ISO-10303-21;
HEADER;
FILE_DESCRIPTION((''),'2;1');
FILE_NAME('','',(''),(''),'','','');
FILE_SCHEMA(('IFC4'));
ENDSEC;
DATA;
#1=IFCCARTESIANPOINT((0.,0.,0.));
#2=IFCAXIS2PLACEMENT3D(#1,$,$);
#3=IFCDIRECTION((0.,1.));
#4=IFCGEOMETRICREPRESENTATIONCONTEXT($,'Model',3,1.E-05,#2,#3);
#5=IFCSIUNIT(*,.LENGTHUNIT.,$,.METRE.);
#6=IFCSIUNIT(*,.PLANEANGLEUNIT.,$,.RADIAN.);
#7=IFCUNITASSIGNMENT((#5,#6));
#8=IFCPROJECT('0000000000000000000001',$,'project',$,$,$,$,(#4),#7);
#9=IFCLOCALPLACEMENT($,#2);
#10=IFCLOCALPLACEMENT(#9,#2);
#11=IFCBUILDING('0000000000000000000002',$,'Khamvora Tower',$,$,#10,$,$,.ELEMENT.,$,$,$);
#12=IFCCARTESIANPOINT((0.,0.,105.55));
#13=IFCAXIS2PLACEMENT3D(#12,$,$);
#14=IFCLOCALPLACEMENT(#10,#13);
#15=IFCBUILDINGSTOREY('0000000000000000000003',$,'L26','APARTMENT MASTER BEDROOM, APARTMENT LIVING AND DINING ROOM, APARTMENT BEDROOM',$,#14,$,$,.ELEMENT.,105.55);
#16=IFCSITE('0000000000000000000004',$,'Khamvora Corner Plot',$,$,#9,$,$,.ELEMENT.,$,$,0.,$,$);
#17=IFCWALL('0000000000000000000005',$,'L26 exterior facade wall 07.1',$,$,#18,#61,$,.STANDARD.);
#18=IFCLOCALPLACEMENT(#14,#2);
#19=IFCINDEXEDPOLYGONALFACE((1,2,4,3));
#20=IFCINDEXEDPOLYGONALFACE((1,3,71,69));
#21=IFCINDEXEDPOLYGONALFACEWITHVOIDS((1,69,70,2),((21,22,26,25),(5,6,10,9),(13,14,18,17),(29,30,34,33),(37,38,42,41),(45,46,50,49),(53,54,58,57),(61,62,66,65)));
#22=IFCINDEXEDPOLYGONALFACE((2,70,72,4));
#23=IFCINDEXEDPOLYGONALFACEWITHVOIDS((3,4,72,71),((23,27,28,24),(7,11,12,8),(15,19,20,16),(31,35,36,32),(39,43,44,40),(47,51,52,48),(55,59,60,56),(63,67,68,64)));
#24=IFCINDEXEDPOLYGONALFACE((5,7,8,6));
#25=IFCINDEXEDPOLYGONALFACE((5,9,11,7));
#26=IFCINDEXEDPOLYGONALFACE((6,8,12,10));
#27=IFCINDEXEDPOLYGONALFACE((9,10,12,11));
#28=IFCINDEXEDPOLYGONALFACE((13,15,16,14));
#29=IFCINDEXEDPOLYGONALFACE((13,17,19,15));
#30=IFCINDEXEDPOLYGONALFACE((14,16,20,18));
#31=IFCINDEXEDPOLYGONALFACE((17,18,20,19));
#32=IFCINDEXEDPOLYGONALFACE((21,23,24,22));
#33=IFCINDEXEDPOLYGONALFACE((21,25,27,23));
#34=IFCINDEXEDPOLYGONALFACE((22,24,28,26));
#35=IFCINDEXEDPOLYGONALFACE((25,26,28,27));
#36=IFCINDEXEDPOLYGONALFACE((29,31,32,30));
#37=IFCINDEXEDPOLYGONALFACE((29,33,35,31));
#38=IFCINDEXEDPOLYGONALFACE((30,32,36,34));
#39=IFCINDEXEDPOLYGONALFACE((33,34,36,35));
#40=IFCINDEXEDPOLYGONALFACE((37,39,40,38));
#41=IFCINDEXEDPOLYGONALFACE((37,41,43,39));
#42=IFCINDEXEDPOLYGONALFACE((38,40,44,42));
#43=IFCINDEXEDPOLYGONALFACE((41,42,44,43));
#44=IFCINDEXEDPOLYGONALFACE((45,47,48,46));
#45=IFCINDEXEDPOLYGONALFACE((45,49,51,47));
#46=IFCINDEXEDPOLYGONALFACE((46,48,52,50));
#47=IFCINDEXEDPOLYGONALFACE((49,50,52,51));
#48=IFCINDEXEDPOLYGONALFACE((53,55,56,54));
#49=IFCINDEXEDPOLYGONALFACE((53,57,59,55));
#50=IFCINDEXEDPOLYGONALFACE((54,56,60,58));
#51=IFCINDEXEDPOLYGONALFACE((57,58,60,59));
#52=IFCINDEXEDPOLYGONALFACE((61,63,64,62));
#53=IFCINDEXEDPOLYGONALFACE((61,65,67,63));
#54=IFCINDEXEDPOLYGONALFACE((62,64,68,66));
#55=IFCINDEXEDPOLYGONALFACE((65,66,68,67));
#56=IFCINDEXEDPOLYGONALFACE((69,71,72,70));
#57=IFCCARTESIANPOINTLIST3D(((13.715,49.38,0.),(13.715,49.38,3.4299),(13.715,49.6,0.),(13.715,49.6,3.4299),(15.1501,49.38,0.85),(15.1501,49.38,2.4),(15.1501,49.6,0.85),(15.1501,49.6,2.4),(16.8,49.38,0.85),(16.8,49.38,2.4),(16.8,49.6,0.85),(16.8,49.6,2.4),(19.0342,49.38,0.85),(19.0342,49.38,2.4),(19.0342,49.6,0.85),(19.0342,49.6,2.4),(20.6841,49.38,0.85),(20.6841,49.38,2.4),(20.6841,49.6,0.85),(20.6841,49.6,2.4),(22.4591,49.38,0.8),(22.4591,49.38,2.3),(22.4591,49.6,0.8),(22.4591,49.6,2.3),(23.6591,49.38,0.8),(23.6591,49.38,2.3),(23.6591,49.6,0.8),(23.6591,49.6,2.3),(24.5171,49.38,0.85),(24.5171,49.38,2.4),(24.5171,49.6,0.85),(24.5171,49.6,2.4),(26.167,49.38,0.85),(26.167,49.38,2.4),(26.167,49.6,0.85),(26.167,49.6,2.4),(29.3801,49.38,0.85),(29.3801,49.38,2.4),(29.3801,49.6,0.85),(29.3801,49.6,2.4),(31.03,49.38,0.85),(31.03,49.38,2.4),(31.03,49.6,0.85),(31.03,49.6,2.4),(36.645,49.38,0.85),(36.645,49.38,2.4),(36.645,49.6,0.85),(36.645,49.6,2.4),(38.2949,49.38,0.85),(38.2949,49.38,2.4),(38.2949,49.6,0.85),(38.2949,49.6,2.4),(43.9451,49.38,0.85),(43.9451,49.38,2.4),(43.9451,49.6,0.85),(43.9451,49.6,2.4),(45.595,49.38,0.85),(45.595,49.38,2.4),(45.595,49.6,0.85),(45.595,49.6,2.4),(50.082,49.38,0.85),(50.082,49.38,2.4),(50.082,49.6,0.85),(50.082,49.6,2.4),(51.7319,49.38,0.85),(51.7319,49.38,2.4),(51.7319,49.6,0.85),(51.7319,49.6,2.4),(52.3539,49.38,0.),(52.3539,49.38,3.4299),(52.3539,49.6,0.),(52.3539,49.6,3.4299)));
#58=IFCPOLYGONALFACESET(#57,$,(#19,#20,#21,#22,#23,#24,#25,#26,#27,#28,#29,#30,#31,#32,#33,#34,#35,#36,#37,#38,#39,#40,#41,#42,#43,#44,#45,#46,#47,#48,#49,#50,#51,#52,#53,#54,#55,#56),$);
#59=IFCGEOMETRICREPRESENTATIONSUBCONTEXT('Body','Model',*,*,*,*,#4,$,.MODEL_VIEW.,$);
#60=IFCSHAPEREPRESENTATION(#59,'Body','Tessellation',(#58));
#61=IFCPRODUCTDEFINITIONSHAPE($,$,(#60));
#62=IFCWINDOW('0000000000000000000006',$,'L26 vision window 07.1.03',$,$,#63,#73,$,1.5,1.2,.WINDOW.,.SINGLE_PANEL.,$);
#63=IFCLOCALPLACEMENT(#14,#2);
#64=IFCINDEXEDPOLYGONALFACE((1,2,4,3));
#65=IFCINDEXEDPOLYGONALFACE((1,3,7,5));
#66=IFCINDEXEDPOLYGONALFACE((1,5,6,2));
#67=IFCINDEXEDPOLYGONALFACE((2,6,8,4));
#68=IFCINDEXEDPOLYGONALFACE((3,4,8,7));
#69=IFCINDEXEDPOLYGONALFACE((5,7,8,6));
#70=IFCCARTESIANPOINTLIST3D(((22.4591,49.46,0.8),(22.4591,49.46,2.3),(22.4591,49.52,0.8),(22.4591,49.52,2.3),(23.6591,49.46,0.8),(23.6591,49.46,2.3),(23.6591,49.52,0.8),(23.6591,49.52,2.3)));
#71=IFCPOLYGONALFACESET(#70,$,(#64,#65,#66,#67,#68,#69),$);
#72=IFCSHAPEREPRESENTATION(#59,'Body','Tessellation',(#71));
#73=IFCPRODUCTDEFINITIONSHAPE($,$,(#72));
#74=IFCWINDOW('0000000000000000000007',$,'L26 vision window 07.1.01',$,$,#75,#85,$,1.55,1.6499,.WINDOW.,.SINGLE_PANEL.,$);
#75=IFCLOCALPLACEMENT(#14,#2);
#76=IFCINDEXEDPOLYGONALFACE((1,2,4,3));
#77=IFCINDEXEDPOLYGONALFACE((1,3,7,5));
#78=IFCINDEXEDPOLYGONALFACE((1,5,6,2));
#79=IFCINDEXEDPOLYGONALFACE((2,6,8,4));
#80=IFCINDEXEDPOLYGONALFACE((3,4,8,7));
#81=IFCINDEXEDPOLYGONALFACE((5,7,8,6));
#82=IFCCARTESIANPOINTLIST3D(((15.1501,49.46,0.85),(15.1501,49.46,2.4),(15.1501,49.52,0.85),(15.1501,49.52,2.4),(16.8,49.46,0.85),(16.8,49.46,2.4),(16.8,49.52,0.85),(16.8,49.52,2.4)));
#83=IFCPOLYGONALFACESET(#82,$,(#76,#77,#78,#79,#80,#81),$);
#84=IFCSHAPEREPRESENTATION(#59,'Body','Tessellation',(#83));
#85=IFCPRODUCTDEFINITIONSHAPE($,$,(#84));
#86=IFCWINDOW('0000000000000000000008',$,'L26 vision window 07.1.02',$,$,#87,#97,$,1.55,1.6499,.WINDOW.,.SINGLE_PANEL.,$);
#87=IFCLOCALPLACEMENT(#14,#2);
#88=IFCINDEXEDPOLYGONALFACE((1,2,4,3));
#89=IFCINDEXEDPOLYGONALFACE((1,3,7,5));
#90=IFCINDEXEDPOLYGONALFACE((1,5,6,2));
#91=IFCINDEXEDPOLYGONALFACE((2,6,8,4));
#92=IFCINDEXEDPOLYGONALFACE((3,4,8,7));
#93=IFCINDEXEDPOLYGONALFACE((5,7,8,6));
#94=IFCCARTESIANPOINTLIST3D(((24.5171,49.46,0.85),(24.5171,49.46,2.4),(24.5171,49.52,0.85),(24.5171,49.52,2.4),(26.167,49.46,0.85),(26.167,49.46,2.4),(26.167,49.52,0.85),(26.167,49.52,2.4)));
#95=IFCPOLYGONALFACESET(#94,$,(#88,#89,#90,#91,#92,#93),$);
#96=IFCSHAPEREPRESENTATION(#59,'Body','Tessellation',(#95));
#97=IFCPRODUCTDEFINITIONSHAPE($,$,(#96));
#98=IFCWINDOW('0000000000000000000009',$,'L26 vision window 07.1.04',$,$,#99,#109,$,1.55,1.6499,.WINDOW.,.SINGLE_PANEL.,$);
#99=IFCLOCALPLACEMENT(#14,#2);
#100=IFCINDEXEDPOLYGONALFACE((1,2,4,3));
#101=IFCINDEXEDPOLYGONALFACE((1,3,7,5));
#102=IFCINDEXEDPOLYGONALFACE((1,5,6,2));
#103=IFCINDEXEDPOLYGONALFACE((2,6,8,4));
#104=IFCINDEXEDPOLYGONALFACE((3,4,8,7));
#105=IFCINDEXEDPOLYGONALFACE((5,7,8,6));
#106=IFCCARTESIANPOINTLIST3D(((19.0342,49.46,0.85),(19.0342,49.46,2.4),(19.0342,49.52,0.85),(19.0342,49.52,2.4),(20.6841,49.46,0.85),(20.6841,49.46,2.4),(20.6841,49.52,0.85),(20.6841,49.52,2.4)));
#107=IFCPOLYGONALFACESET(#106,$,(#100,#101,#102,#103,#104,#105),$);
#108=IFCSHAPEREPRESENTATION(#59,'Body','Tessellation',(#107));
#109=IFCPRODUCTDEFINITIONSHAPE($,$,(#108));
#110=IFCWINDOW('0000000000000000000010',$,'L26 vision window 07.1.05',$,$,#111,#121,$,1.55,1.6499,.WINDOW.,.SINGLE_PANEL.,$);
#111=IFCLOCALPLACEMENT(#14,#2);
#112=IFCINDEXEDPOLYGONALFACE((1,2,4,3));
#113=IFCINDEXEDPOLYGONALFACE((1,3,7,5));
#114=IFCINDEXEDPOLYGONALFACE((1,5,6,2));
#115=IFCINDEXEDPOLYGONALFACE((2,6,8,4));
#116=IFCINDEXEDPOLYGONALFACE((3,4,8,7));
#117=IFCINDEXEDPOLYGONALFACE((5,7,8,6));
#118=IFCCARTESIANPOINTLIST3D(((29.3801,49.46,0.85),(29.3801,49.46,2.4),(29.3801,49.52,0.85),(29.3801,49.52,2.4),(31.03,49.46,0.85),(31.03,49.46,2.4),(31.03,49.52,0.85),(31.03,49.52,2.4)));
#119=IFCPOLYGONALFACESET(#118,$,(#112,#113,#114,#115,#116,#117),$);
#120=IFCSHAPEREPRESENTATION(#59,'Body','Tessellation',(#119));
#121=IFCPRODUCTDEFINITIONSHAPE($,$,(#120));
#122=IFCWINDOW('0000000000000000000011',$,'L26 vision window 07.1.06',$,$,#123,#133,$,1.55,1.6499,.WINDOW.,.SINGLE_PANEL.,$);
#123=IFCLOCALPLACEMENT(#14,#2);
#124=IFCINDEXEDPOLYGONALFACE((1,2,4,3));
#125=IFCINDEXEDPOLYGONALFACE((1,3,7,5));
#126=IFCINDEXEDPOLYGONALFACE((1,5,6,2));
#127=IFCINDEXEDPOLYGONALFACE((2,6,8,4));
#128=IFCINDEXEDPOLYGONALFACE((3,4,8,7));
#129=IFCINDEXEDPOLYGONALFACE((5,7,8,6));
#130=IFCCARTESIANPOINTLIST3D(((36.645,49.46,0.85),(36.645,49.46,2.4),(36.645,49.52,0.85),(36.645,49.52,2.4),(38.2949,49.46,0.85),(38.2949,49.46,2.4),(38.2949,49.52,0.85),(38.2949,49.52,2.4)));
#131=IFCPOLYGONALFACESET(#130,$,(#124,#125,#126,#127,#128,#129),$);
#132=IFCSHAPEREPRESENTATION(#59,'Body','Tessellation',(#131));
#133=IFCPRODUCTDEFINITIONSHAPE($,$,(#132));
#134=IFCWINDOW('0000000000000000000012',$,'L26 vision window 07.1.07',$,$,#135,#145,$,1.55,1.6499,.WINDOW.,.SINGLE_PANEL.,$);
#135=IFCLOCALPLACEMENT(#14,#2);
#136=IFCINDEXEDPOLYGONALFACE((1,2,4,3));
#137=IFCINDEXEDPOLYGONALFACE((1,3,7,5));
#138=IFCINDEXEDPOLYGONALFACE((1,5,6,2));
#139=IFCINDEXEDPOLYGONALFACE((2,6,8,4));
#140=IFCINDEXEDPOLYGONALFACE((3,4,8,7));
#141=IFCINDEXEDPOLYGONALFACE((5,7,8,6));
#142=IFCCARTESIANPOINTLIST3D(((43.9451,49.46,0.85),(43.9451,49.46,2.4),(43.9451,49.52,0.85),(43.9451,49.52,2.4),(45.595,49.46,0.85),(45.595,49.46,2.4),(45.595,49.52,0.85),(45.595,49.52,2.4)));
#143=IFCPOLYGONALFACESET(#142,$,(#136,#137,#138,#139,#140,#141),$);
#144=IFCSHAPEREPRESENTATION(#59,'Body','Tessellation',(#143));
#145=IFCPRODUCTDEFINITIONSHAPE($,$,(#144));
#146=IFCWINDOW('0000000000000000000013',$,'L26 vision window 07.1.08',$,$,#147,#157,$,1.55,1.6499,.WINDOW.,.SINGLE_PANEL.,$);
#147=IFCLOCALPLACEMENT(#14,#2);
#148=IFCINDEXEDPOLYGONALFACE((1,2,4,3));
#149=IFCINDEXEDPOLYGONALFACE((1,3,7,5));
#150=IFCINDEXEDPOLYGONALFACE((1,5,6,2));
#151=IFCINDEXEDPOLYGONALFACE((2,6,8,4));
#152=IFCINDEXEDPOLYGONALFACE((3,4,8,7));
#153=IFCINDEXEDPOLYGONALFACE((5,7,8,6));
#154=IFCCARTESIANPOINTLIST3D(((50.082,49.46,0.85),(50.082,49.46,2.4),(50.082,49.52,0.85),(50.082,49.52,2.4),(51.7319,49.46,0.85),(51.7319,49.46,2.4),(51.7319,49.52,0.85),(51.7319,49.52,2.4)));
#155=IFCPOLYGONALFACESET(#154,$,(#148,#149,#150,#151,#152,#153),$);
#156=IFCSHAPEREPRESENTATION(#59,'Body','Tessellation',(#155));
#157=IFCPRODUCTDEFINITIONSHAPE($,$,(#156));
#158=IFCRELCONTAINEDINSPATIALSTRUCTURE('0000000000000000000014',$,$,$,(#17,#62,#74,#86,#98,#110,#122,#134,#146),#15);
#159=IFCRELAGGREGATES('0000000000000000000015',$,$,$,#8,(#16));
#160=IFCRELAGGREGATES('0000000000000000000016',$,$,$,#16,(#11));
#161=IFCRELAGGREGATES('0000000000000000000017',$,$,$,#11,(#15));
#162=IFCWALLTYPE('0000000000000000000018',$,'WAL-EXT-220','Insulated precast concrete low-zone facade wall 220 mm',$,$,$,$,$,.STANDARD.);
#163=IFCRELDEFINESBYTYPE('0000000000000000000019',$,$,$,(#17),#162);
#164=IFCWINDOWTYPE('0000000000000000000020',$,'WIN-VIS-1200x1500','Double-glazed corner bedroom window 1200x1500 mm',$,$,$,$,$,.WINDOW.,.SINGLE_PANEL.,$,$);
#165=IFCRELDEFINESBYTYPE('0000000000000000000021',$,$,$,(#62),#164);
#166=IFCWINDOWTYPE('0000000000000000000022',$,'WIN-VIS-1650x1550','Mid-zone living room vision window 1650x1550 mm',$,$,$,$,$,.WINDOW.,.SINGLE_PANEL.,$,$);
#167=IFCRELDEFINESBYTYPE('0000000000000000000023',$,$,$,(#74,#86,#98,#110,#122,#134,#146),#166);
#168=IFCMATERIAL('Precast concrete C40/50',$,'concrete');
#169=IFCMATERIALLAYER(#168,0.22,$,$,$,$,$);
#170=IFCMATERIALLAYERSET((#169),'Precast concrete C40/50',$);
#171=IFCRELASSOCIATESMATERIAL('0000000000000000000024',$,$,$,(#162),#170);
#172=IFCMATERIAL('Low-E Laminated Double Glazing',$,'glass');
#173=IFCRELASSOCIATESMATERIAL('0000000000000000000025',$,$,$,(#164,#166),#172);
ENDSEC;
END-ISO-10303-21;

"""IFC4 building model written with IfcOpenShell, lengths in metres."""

from ifc_helpers import new_model, si_unit, direction, frame, frame_2d, origin, place, context, subcontext, project, spatial, rectangle, extrude, material, layer, layer_set, type_object, element, fill, save


model = new_model("IFC4")

# Units and contexts
model_context = context("Model", 3, precision=1e-05, world=origin(), true_north=direction((0.0, 1.0)))
body_context = subcontext(model_context, "Body", "Model", "MODEL_VIEW")
ifc_project = project(units=[si_unit("LENGTHUNIT", "METRE"), si_unit("PLANEANGLEUNIT", "RADIAN")], contexts=[model_context])

# Site, building, storey
site_placement = place(None, origin())
site = spatial("IfcSite", under=ifc_project, at=site_placement, Name="Khamvora Corner Plot", CompositionType="ELEMENT", RefElevation=0.0)
building_placement = place(site_placement, origin())
building = spatial("IfcBuilding", under=site, at=building_placement, Name="Khamvora Tower", CompositionType="ELEMENT")
storey_placement = place(building_placement, frame((0.0, 0.0, 105.55)))
storey = spatial("IfcBuildingStorey", under=building, at=storey_placement, Name="L26", Description="APARTMENT MASTER BEDROOM, APARTMENT LIVING AND DINING ROOM, APARTMENT BEDROOM", CompositionType="ELEMENT", Elevation=105.55)

# Shared definitions
ifc_material_1 = material(Name="Precast concrete C40/50", Category="concrete")
ifc_layer_1 = layer(ifc_material_1, 0.22)
ifc_layer_set_1 = layer_set([ifc_layer_1], Name="Precast concrete C40/50")
wall_type_1 = type_object("IfcWallType", Name="WAL-EXT-220", Description="Insulated precast concrete low-zone facade wall 220 mm", PredefinedType="STANDARD", material=ifc_layer_set_1)

# Wall, openings, windows
wall_1_placement = place(storey_placement, frame((13.7151, 49.49, 0.0), z_axis=(0.0, 0.0, 1.0), x_axis=(1.0, 0.0, 0.0)))
wall_1 = element("IfcWall", 1, at=wall_1_placement, inside=storey, type_object=wall_type_1, Name="L26 exterior facade wall 07.1", PredefinedType="STANDARD", context=body_context, shape_type="SweptSolid", body=[
    extrude(rectangle(XDim=38.6389, YDim=0.22, at=frame_2d((19.3193, 0.0))), origin(), (0.0, 0.0, 1.0), 3.4299),
])
opening_1_placement = place(wall_1_placement, frame((1.4351, 0.0, 0.8501)))
opening_1 = element("IfcOpeningElement", 2, at=opening_1_placement, cuts=wall_1, PredefinedType="OPENING", context=body_context, shape_type="SweptSolid", body=[
    extrude(rectangle(XDim=1.6499, YDim=1.55, at=frame_2d((0.825, 0.7749))), frame((0.0, 0.1199, 0.0), z_axis=(0.0, -1.0, 0.0), x_axis=(1.0, 0.0, 0.0)), (0.0, 0.0, 1.0), 0.24),
])
opening_2_placement = place(wall_1_placement, frame((10.802, 0.0, 0.8501)))
opening_2 = element("IfcOpeningElement", 3, at=opening_2_placement, cuts=wall_1, PredefinedType="OPENING", context=body_context, shape_type="SweptSolid", body=[
    extrude(rectangle(XDim=1.6499, YDim=1.55, at=frame_2d((0.825, 0.7749))), frame((0.0, 0.1199, 0.0), z_axis=(0.0, -1.0, 0.0), x_axis=(1.0, 0.0, 0.0)), (0.0, 0.0, 1.0), 0.24),
])
opening_3_placement = place(wall_1_placement, frame((8.7439, 0.0, 0.8)))
opening_3 = element("IfcOpeningElement", 4, at=opening_3_placement, cuts=wall_1, PredefinedType="OPENING", context=body_context, shape_type="SweptSolid", body=[
    extrude(rectangle(XDim=1.2, YDim=1.5, at=frame_2d((0.6001, 0.75))), frame((0.0, 0.1199, 0.0), z_axis=(0.0, -1.0, 0.0), x_axis=(1.0, 0.0, 0.0)), (0.0, 0.0, 1.0), 0.24),
])
opening_4_placement = place(wall_1_placement, frame((5.3191, 0.0, 0.8501)))
opening_4 = element("IfcOpeningElement", 5, at=opening_4_placement, cuts=wall_1, PredefinedType="OPENING", context=body_context, shape_type="SweptSolid", body=[
    extrude(rectangle(XDim=1.6499, YDim=1.55, at=frame_2d((0.825, 0.7749))), frame((0.0, 0.1199, 0.0), z_axis=(0.0, -1.0, 0.0), x_axis=(1.0, 0.0, 0.0)), (0.0, 0.0, 1.0), 0.24),
])
opening_5_placement = place(wall_1_placement, frame((15.665, 0.0, 0.8501)))
opening_5 = element("IfcOpeningElement", 6, at=opening_5_placement, cuts=wall_1, PredefinedType="OPENING", context=body_context, shape_type="SweptSolid", body=[
    extrude(rectangle(XDim=1.6499, YDim=1.55, at=frame_2d((0.825, 0.7749))), frame((0.0, 0.1199, 0.0), z_axis=(0.0, -1.0, 0.0), x_axis=(1.0, 0.0, 0.0)), (0.0, 0.0, 1.0), 0.24),
])
opening_6_placement = place(wall_1_placement, frame((22.9299, 0.0, 0.8501)))
opening_6 = element("IfcOpeningElement", 7, at=opening_6_placement, cuts=wall_1, PredefinedType="OPENING", context=body_context, shape_type="SweptSolid", body=[
    extrude(rectangle(XDim=1.6499, YDim=1.55, at=frame_2d((0.825, 0.7749))), frame((0.0, 0.1199, 0.0), z_axis=(0.0, -1.0, 0.0), x_axis=(1.0, 0.0, 0.0)), (0.0, 0.0, 1.0), 0.24),
])
opening_7_placement = place(wall_1_placement, frame((30.23, 0.0, 0.8501)))
opening_7 = element("IfcOpeningElement", 8, at=opening_7_placement, cuts=wall_1, PredefinedType="OPENING", context=body_context, shape_type="SweptSolid", body=[
    extrude(rectangle(XDim=1.6499, YDim=1.55, at=frame_2d((0.825, 0.7749))), frame((0.0, 0.1199, 0.0), z_axis=(0.0, -1.0, 0.0), x_axis=(1.0, 0.0, 0.0)), (0.0, 0.0, 1.0), 0.24),
])
opening_8_placement = place(wall_1_placement, frame((36.3669, 0.0, 0.8501)))
opening_8 = element("IfcOpeningElement", 9, at=opening_8_placement, cuts=wall_1, PredefinedType="OPENING", context=body_context, shape_type="SweptSolid", body=[
    extrude(rectangle(XDim=1.6499, YDim=1.55, at=frame_2d((0.825, 0.7749))), frame((0.0, 0.1199, 0.0), z_axis=(0.0, -1.0, 0.0), x_axis=(1.0, 0.0, 0.0)), (0.0, 0.0, 1.0), 0.24),
])
ifc_material_2 = material(Name="Low-E Laminated Double Glazing", Category="glass")
window_type_1 = type_object("IfcWindowType", Name="WIN-VIS-1200x1500", Description="Double-glazed corner bedroom window 1200x1500 mm", PartitioningType="SINGLE_PANEL", PredefinedType="WINDOW", material=ifc_material_2)
window_1_placement = place(opening_3_placement, origin())
window_1 = element("IfcWindow", 10, at=window_1_placement, inside=storey, type_object=window_type_1, Name="L26 vision window 07.1.03", OverallHeight=1.5, OverallWidth=1.2, PartitioningType="SINGLE_PANEL", PredefinedType="WINDOW", context=body_context, shape_type="SweptSolid", body=[
    extrude(rectangle(XDim=1.2, YDim=1.5, at=frame_2d((0.6001, 0.75))), frame((0.0, 0.03, 0.0), z_axis=(0.0, -1.0, 0.0), x_axis=(1.0, 0.0, 0.0)), (0.0, 0.0, 1.0), 0.0601),
])
fill(opening_3, window_1)
window_type_2 = type_object("IfcWindowType", Name="WIN-VIS-1650x1550", Description="Mid-zone living room vision window 1650x1550 mm", PartitioningType="SINGLE_PANEL", PredefinedType="WINDOW", material=ifc_material_2)
window_2_placement = place(opening_1_placement, origin())
window_2 = element("IfcWindow", 11, at=window_2_placement, inside=storey, type_object=window_type_2, Name="L26 vision window 07.1.01", OverallHeight=1.55, OverallWidth=1.6499, PartitioningType="SINGLE_PANEL", PredefinedType="WINDOW", context=body_context, shape_type="SweptSolid", body=[
    extrude(rectangle(XDim=1.6499, YDim=1.55, at=frame_2d((0.825, 0.7749))), frame((0.0, 0.03, 0.0), z_axis=(0.0, -1.0, 0.0), x_axis=(1.0, 0.0, 0.0)), (0.0, 0.0, 1.0), 0.0601),
])
fill(opening_1, window_2)
window_3_placement = place(opening_2_placement, origin())
window_3 = element("IfcWindow", 12, at=window_3_placement, inside=storey, type_object=window_type_2, Name="L26 vision window 07.1.02", OverallHeight=1.55, OverallWidth=1.6499, PartitioningType="SINGLE_PANEL", PredefinedType="WINDOW", context=body_context, shape_type="SweptSolid", body=[
    extrude(rectangle(XDim=1.6499, YDim=1.55, at=frame_2d((0.825, 0.7749))), frame((0.0, 0.03, 0.0), z_axis=(0.0, -1.0, 0.0), x_axis=(1.0, 0.0, 0.0)), (0.0, 0.0, 1.0), 0.0601),
])
fill(opening_2, window_3)
window_4_placement = place(opening_4_placement, origin())
window_4 = element("IfcWindow", 13, at=window_4_placement, inside=storey, type_object=window_type_2, Name="L26 vision window 07.1.04", OverallHeight=1.55, OverallWidth=1.6499, PartitioningType="SINGLE_PANEL", PredefinedType="WINDOW", context=body_context, shape_type="SweptSolid", body=[
    extrude(rectangle(XDim=1.6499, YDim=1.55, at=frame_2d((0.825, 0.7749))), frame((0.0, 0.03, 0.0), z_axis=(0.0, -1.0, 0.0), x_axis=(1.0, 0.0, 0.0)), (0.0, 0.0, 1.0), 0.0601),
])
fill(opening_4, window_4)
window_5_placement = place(opening_5_placement, origin())
window_5 = element("IfcWindow", 14, at=window_5_placement, inside=storey, type_object=window_type_2, Name="L26 vision window 07.1.05", OverallHeight=1.55, OverallWidth=1.6499, PartitioningType="SINGLE_PANEL", PredefinedType="WINDOW", context=body_context, shape_type="SweptSolid", body=[
    extrude(rectangle(XDim=1.6499, YDim=1.55, at=frame_2d((0.825, 0.7749))), frame((0.0, 0.03, 0.0), z_axis=(0.0, -1.0, 0.0), x_axis=(1.0, 0.0, 0.0)), (0.0, 0.0, 1.0), 0.0601),
])
fill(opening_5, window_5)
window_6_placement = place(opening_6_placement, origin())
window_6 = element("IfcWindow", 15, at=window_6_placement, inside=storey, type_object=window_type_2, Name="L26 vision window 07.1.06", OverallHeight=1.55, OverallWidth=1.6499, PartitioningType="SINGLE_PANEL", PredefinedType="WINDOW", context=body_context, shape_type="SweptSolid", body=[
    extrude(rectangle(XDim=1.6499, YDim=1.55, at=frame_2d((0.825, 0.7749))), frame((0.0, 0.03, 0.0), z_axis=(0.0, -1.0, 0.0), x_axis=(1.0, 0.0, 0.0)), (0.0, 0.0, 1.0), 0.0601),
])
fill(opening_6, window_6)
window_7_placement = place(opening_7_placement, origin())
window_7 = element("IfcWindow", 16, at=window_7_placement, inside=storey, type_object=window_type_2, Name="L26 vision window 07.1.07", OverallHeight=1.55, OverallWidth=1.6499, PartitioningType="SINGLE_PANEL", PredefinedType="WINDOW", context=body_context, shape_type="SweptSolid", body=[
    extrude(rectangle(XDim=1.6499, YDim=1.55, at=frame_2d((0.825, 0.7749))), frame((0.0, 0.03, 0.0), z_axis=(0.0, -1.0, 0.0), x_axis=(1.0, 0.0, 0.0)), (0.0, 0.0, 1.0), 0.0601),
])
fill(opening_7, window_7)
window_8_placement = place(opening_8_placement, origin())
window_8 = element("IfcWindow", 17, at=window_8_placement, inside=storey, type_object=window_type_2, Name="L26 vision window 07.1.08", OverallHeight=1.55, OverallWidth=1.6499, PartitioningType="SINGLE_PANEL", PredefinedType="WINDOW", context=body_context, shape_type="SweptSolid", body=[
    extrude(rectangle(XDim=1.6499, YDim=1.55, at=frame_2d((0.825, 0.7749))), frame((0.0, 0.03, 0.0), z_axis=(0.0, -1.0, 0.0), x_axis=(1.0, 0.0, 0.0)), (0.0, 0.0, 1.0), 0.0601),
])
fill(opening_8, window_8)

save(model, "model.ifc")
